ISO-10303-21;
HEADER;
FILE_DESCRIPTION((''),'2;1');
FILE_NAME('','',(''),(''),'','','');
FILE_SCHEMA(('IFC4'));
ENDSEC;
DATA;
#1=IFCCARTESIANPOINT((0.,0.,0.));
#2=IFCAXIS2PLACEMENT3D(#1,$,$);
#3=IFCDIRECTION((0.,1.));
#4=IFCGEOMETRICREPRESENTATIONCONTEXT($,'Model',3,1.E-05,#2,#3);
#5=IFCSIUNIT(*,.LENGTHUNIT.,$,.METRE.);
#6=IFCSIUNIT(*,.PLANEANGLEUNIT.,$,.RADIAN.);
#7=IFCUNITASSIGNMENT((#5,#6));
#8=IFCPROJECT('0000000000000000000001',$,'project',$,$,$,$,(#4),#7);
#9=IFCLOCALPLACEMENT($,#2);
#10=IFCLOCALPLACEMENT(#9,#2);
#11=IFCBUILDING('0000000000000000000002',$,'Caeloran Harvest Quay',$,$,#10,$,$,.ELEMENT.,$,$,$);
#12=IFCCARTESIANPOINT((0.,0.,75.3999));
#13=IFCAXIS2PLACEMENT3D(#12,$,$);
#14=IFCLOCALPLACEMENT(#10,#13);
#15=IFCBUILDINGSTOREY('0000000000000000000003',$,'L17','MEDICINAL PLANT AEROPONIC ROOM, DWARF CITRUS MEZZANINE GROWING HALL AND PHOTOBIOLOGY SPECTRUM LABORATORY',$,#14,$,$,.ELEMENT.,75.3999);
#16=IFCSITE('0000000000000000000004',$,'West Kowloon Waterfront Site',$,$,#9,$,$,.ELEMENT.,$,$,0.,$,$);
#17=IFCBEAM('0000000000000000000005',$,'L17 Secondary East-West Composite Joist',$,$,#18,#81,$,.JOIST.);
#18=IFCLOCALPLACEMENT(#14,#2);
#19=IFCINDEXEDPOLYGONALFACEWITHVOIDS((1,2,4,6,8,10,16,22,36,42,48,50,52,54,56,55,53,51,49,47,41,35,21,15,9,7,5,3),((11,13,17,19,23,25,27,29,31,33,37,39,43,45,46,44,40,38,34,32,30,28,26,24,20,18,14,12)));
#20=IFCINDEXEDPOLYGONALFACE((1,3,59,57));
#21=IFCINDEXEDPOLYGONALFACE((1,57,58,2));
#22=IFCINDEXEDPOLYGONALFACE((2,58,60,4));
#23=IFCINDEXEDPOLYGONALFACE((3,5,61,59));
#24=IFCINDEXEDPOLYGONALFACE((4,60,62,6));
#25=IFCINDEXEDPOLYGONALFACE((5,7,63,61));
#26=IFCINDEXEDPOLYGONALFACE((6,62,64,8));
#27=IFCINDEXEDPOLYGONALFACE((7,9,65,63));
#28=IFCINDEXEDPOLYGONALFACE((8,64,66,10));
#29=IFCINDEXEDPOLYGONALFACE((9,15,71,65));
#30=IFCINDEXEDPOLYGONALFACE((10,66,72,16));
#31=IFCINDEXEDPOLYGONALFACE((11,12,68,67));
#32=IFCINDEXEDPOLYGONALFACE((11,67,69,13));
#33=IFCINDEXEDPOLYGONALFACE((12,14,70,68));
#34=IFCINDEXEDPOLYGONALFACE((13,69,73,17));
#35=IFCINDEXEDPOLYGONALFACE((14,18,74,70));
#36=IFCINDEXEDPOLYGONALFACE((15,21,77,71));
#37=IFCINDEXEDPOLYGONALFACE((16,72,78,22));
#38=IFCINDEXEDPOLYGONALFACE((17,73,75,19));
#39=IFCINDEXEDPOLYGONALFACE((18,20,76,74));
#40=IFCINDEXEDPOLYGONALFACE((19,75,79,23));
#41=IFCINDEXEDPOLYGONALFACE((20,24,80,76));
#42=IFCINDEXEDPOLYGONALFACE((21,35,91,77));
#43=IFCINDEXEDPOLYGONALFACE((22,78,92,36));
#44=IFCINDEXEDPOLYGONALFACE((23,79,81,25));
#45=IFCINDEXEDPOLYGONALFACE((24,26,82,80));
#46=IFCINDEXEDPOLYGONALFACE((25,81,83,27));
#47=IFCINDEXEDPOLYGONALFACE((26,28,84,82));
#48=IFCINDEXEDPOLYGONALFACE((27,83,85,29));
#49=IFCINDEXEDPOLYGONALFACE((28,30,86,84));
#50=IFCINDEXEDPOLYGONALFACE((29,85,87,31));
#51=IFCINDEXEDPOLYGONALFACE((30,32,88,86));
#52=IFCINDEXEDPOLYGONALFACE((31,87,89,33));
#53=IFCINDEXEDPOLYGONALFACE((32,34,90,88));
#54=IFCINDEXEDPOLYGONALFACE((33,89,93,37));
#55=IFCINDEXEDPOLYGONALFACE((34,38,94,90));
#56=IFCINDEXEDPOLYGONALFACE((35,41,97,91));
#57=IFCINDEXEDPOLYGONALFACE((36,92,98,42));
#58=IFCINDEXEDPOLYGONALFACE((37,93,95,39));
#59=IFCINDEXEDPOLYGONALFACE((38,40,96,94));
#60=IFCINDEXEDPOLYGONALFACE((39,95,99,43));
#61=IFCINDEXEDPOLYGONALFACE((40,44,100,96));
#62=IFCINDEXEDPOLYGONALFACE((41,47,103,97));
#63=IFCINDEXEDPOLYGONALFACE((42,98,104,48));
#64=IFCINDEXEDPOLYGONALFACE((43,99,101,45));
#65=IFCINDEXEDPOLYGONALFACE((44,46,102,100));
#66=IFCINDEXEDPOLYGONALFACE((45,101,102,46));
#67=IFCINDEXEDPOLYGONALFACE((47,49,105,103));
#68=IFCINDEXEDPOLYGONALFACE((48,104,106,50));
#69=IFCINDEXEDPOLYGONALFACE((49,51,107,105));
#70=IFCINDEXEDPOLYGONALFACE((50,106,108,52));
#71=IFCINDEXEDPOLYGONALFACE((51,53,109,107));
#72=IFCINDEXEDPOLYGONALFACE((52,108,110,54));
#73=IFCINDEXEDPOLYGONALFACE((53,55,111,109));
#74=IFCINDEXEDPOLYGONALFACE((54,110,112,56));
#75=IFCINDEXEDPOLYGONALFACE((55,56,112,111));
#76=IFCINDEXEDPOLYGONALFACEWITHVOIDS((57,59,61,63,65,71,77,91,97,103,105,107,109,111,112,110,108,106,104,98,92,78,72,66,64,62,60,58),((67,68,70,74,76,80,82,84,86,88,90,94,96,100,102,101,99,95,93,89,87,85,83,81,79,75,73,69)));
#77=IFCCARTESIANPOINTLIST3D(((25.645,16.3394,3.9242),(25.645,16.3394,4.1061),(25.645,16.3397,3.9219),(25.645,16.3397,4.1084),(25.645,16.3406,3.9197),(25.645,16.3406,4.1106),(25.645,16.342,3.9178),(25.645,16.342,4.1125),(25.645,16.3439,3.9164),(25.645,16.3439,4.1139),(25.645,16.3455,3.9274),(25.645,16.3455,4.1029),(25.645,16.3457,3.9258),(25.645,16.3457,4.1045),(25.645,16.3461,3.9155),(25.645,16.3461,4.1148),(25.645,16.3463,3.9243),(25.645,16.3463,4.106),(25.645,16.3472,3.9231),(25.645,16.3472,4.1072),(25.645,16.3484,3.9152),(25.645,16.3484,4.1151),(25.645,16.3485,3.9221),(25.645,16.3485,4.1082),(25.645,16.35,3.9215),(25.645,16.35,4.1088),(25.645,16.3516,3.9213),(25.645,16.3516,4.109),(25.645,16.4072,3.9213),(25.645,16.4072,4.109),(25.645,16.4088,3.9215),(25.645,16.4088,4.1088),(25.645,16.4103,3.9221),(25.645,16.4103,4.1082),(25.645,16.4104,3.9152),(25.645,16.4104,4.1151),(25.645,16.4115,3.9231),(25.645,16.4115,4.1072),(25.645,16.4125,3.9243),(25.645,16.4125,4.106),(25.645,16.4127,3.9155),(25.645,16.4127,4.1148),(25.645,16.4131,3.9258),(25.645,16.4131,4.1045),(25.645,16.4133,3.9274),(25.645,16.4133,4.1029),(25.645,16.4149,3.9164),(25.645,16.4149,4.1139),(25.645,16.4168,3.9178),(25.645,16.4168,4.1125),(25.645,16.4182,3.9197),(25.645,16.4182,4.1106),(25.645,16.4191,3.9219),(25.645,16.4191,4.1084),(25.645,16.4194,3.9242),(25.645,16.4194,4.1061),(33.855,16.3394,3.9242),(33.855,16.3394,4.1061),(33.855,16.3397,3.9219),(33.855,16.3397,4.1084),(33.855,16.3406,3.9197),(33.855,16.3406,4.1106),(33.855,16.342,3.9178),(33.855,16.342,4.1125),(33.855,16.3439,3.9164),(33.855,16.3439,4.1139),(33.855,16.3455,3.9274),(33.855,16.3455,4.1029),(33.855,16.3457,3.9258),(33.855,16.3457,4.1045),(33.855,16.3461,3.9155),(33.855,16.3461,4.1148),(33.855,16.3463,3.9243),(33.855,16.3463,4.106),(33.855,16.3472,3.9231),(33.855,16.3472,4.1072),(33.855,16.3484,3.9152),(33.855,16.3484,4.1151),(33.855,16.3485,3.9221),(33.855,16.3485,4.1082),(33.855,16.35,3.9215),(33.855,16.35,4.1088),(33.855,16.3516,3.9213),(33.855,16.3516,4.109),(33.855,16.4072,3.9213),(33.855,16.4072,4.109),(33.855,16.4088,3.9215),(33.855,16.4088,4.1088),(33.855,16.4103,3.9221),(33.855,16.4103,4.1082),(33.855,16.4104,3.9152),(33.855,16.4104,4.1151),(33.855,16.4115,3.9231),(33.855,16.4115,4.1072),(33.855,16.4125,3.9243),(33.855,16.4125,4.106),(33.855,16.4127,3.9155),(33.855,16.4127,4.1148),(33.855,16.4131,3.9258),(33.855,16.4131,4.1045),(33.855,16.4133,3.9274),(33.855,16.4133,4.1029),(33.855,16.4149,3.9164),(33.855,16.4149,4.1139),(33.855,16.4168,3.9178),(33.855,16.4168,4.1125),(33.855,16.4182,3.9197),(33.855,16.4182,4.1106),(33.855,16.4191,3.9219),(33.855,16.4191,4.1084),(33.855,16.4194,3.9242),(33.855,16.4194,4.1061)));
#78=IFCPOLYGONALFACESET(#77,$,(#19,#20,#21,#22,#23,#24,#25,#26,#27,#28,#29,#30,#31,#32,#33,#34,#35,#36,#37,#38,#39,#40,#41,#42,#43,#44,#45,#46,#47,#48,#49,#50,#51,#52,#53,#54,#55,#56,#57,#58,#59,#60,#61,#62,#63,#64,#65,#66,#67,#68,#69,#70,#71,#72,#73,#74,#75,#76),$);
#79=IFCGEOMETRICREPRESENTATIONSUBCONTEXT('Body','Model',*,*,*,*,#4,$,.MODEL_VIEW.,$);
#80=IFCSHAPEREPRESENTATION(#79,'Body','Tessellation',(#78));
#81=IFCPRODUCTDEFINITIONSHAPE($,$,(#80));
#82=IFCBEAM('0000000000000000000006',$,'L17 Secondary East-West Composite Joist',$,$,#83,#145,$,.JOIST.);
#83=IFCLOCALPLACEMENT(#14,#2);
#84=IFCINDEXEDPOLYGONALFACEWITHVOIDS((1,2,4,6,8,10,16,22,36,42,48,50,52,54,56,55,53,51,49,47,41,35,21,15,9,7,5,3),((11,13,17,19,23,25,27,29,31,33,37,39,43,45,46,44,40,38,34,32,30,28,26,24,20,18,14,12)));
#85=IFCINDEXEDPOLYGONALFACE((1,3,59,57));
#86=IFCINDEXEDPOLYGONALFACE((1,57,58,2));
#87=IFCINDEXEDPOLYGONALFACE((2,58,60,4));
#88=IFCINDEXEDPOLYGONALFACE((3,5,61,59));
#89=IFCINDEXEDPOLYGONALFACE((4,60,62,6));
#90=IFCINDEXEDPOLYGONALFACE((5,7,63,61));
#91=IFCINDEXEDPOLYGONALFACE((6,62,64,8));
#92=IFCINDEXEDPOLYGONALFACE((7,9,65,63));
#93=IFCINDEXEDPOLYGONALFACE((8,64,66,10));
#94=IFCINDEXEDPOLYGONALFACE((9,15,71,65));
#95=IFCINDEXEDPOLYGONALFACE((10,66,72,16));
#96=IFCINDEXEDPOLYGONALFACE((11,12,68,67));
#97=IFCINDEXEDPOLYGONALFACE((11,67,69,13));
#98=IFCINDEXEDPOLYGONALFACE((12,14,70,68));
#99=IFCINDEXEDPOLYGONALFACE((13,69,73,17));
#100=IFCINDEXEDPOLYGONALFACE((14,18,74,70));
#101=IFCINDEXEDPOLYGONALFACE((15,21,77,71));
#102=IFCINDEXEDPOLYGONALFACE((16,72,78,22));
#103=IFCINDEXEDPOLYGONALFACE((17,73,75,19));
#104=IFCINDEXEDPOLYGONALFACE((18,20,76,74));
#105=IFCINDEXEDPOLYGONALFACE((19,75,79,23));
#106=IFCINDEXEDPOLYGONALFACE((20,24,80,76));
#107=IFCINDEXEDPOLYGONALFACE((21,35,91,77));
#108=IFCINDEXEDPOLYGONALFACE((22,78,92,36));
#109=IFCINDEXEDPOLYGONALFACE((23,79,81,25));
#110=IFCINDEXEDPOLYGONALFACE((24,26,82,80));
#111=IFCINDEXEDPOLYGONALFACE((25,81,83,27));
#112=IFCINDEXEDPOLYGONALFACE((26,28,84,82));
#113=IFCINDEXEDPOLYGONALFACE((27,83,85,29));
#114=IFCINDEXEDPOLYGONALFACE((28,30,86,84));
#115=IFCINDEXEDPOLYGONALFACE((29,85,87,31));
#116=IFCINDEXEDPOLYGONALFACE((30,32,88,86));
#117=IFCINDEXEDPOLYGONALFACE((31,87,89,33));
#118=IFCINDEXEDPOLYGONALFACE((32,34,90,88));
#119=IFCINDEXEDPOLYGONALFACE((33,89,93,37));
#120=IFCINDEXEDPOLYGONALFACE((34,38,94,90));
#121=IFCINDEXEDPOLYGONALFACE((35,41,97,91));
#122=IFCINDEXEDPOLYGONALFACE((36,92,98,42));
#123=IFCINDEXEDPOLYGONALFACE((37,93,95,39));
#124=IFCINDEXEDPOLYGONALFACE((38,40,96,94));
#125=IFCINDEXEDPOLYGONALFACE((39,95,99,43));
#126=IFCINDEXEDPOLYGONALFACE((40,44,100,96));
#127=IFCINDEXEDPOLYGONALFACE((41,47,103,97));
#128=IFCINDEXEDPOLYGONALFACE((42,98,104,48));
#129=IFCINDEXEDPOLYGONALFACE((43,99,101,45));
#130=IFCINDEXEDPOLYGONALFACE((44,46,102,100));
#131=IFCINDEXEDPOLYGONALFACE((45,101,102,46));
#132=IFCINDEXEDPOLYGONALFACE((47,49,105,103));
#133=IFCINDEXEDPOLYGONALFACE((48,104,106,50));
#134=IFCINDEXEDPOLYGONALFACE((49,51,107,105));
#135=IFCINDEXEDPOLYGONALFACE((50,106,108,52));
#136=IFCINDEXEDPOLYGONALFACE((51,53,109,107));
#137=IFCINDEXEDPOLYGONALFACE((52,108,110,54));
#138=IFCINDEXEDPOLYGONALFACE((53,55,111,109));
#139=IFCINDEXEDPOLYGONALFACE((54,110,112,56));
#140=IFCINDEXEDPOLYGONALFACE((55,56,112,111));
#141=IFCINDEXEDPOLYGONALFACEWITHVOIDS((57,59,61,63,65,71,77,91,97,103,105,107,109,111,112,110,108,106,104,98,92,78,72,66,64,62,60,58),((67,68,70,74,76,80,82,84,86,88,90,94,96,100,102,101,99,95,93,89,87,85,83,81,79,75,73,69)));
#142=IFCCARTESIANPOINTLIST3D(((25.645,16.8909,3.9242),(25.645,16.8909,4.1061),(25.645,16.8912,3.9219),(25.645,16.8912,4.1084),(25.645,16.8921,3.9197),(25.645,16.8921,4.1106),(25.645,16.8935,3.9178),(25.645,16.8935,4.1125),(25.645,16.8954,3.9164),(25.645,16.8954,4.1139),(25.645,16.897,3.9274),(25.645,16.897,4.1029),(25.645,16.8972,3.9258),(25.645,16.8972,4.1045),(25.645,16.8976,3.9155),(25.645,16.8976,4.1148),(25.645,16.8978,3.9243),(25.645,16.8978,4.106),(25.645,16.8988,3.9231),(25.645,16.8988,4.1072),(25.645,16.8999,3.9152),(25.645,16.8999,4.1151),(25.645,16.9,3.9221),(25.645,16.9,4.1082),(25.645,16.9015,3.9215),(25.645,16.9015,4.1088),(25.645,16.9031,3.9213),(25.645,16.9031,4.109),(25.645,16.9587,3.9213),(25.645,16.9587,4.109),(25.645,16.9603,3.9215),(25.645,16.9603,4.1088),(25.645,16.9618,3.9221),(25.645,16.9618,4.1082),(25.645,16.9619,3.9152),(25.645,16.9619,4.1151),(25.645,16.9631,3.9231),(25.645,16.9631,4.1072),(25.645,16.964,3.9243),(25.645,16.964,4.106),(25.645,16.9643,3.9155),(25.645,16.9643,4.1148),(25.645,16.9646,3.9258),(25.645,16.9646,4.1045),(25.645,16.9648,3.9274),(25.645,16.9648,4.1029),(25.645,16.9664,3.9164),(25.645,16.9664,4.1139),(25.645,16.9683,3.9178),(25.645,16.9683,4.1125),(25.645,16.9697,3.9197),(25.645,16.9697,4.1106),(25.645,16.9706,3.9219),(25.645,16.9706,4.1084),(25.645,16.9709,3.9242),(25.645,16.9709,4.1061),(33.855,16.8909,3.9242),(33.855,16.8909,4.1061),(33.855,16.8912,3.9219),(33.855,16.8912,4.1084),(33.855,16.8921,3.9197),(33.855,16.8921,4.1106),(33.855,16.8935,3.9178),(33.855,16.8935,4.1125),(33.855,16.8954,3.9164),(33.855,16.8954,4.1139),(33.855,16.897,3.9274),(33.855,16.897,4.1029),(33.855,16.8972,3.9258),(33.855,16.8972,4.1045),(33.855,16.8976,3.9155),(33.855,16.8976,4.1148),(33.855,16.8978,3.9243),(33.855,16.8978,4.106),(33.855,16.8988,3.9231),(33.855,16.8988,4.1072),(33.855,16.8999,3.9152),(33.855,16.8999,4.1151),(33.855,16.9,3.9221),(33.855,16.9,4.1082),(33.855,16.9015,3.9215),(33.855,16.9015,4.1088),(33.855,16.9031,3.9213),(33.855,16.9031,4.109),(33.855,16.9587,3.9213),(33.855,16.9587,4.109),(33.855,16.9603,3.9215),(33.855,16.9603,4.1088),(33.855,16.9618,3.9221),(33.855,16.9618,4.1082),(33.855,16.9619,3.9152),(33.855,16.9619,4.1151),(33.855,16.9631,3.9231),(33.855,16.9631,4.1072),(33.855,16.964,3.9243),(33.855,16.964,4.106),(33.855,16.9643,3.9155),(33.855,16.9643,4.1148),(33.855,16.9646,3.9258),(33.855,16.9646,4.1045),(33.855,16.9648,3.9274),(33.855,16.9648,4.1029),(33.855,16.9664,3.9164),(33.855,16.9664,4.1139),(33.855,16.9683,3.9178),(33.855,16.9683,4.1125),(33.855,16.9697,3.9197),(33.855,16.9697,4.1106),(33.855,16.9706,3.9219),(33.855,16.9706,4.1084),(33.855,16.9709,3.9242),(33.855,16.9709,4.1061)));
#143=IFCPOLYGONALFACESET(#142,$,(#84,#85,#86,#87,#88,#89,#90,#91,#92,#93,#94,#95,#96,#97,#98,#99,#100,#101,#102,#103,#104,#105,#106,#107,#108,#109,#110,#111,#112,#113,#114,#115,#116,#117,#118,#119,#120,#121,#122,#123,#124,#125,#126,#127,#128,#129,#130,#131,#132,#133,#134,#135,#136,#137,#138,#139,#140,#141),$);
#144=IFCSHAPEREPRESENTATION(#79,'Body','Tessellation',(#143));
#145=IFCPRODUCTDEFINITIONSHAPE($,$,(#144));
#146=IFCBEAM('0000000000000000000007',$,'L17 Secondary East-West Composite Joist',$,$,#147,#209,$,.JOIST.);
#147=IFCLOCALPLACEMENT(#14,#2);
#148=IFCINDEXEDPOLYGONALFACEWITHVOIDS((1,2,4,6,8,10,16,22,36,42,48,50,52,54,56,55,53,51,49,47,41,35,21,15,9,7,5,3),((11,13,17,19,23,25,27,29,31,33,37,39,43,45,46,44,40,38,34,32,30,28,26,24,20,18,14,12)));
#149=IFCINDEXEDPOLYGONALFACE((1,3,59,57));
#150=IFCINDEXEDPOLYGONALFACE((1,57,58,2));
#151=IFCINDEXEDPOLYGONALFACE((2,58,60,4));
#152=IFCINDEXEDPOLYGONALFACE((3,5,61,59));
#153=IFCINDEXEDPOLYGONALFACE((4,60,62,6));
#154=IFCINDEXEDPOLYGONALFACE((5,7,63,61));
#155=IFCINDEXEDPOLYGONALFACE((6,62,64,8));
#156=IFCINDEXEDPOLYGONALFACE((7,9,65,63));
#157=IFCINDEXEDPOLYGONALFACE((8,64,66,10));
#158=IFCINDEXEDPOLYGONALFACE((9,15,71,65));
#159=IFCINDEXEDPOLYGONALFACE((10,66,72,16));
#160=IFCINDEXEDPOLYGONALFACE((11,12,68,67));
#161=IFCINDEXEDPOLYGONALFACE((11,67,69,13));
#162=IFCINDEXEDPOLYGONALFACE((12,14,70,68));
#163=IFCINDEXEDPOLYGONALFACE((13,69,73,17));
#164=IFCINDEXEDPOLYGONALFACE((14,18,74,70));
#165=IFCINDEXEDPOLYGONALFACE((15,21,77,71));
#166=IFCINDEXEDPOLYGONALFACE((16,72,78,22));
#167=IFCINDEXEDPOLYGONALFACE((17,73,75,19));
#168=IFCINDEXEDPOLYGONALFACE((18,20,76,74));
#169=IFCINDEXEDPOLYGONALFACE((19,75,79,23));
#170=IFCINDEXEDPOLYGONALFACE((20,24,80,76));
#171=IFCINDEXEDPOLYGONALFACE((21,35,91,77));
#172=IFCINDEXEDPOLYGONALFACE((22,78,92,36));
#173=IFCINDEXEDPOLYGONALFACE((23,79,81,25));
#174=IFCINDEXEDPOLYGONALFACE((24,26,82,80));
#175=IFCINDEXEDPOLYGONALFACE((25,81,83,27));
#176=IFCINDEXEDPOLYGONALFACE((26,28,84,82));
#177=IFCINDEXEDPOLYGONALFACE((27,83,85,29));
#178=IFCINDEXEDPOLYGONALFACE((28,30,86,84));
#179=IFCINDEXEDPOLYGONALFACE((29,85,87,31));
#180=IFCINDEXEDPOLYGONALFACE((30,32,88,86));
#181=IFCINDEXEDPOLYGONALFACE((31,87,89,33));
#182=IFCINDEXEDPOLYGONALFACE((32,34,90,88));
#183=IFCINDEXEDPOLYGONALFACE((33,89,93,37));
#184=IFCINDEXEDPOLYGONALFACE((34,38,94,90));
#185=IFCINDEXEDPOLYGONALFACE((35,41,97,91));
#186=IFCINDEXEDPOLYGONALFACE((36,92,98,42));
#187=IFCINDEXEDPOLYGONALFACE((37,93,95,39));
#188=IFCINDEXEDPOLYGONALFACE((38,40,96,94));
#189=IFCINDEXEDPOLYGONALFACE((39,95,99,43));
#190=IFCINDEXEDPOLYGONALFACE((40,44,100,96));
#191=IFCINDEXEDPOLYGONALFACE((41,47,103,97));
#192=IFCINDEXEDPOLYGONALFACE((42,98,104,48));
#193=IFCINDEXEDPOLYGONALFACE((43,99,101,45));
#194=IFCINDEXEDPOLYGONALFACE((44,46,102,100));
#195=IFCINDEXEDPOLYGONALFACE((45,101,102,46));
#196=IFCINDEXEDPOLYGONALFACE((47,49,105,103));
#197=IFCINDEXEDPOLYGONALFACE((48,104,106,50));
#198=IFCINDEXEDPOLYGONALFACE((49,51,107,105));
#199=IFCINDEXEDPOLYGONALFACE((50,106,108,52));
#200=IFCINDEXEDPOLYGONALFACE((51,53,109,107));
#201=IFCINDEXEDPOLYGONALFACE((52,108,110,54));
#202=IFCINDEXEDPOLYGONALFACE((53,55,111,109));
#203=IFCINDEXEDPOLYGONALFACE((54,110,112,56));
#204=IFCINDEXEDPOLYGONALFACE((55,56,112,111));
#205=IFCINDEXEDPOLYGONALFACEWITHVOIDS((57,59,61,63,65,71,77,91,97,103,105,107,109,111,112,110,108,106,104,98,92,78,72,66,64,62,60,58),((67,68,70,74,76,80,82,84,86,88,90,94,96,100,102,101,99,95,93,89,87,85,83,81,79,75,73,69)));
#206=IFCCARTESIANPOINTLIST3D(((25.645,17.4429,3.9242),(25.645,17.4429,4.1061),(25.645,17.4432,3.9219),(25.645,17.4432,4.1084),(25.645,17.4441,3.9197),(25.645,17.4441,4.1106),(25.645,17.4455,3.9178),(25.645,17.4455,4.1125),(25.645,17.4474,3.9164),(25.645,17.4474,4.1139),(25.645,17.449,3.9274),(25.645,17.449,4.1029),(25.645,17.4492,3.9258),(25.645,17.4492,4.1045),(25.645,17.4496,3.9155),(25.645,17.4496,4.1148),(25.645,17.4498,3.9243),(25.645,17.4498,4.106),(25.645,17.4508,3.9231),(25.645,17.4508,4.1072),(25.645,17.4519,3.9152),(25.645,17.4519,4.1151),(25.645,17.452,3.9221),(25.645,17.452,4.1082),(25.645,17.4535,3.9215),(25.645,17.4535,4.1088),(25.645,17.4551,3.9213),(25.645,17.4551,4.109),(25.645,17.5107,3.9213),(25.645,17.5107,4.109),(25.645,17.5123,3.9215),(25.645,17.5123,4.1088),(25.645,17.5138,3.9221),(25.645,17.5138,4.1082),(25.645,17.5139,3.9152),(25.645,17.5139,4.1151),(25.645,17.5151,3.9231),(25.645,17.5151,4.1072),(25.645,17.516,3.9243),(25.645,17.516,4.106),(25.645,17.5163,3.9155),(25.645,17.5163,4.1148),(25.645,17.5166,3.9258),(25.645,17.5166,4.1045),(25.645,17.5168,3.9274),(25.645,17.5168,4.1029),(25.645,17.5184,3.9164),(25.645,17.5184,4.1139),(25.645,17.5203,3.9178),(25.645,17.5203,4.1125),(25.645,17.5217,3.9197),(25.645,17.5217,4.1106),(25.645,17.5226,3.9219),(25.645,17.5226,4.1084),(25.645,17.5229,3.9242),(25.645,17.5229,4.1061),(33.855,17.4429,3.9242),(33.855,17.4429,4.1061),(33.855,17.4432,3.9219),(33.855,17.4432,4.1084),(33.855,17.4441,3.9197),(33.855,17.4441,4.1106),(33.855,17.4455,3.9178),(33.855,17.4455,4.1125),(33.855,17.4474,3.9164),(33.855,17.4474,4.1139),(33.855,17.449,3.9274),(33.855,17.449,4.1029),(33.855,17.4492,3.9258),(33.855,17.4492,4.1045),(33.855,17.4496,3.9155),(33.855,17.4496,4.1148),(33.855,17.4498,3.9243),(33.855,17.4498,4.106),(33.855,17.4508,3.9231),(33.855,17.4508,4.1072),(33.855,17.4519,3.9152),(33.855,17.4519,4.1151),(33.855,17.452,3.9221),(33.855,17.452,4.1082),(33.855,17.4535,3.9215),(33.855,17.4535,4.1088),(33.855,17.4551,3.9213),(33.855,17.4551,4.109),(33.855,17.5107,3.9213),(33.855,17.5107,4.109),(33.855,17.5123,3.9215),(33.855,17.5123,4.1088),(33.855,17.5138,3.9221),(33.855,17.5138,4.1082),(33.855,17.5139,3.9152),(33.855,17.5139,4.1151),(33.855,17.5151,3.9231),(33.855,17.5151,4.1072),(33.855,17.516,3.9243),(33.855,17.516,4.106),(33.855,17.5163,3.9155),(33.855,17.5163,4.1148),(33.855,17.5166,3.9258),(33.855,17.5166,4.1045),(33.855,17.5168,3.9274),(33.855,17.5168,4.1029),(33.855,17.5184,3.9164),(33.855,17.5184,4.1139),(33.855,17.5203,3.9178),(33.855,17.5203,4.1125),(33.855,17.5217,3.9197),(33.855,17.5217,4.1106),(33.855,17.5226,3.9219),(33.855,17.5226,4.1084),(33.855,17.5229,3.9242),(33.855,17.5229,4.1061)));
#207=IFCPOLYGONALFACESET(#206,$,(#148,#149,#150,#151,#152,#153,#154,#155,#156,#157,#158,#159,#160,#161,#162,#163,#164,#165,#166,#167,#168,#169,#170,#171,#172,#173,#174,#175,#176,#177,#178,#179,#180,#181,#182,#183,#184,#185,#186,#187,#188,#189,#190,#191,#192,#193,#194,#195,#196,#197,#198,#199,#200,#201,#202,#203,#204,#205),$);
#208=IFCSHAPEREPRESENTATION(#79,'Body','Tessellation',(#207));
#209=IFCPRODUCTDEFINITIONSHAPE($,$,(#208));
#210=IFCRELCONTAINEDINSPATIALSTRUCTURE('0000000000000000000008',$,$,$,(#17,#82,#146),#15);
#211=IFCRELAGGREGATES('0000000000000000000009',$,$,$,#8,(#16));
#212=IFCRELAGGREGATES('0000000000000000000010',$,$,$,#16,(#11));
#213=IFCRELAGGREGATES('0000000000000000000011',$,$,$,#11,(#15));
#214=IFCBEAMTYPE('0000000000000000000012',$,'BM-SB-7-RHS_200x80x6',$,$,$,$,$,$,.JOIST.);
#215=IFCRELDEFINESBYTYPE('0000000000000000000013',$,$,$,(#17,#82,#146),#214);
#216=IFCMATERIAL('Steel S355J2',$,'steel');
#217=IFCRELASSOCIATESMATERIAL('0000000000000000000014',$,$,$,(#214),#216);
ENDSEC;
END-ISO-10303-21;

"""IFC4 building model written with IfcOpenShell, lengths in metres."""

from ifc_helpers import new_model, si_unit, direction, frame, origin, origin_2d, place, context, subcontext, project, spatial, hollow_rectangle, extrude, material, material_profile, profile_set, type_object, element, save


model = new_model("IFC4")

# Units and contexts
model_context = context("Model", 3, precision=1e-05, world=origin(), true_north=direction((0.0, 1.0)))
body_context = subcontext(model_context, "Body", "Model", "MODEL_VIEW")
ifc_project = project(units=[si_unit("LENGTHUNIT", "METRE"), si_unit("PLANEANGLEUNIT", "RADIAN")], contexts=[model_context])

# Site, building, storey
site_placement = place(None, origin())
site = spatial("IfcSite", under=ifc_project, at=site_placement, Name="West Kowloon Waterfront Site", CompositionType="ELEMENT", RefElevation=0.0)
building_placement = place(site_placement, origin())
building = spatial("IfcBuilding", under=site, at=building_placement, Name="Caeloran Harvest Quay", CompositionType="ELEMENT")
storey_placement = place(building_placement, frame((0.0, 0.0, 75.3999)))
storey = spatial("IfcBuildingStorey", under=building, at=storey_placement, Name="L17", Description="MEDICINAL PLANT AEROPONIC ROOM, DWARF CITRUS MEZZANINE GROWING HALL AND PHOTOBIOLOGY SPECTRUM LABORATORY", CompositionType="ELEMENT", Elevation=75.3999)

# Beams
ifc_material_1 = material(Name="Steel S355J2", Category="steel")
ifc_material_profile_1 = material_profile(ifc_material_1, hollow_rectangle(XDim=0.0801, YDim=0.2, WallThickness=0.0061, InnerFilletRadius=0.0061, OuterFilletRadius=0.009, at=origin_2d()), Name="RHS 200x80x6")
ifc_profile_set_1 = profile_set([ifc_material_profile_1], Name="Steel S355J2")
beam_type_1 = type_object("IfcBeamType", Name="BM-SB-7-RHS_200x80x6", PredefinedType="JOIST", material=ifc_profile_set_1)
for number, where, z_axis, x_axis, name in (
    (1, (25.645, 16.3794, 4.0151), (1.0, 0.0, 0.0), (0.0, 1.0, 0.0), "L17 Secondary East-West Composite Joist"),
    (2, (25.645, 16.9309, 4.0151), (1.0, 0.0, 0.0), (0.0, 1.0, 0.0), "L17 Secondary East-West Composite Joist"),
    (3, (25.645, 17.4829, 4.0151), (1.0, 0.0, 0.0), (0.0, 1.0, 0.0), "L17 Secondary East-West Composite Joist"),
):
    element("IfcBeam", number, at=place(storey_placement, frame(where, z_axis=z_axis, x_axis=x_axis)), inside=storey, type_object=beam_type_1, Name=name, PredefinedType="JOIST", context=body_context, shape_type="SweptSolid", body=[
        extrude(hollow_rectangle(XDim=0.0801, YDim=0.2, WallThickness=0.0061, InnerFilletRadius=0.0061, OuterFilletRadius=0.009, at=origin_2d()), origin(), (0.0, 0.0, 1.0), 8.21),
    ])

save(model, "model.ifc")
